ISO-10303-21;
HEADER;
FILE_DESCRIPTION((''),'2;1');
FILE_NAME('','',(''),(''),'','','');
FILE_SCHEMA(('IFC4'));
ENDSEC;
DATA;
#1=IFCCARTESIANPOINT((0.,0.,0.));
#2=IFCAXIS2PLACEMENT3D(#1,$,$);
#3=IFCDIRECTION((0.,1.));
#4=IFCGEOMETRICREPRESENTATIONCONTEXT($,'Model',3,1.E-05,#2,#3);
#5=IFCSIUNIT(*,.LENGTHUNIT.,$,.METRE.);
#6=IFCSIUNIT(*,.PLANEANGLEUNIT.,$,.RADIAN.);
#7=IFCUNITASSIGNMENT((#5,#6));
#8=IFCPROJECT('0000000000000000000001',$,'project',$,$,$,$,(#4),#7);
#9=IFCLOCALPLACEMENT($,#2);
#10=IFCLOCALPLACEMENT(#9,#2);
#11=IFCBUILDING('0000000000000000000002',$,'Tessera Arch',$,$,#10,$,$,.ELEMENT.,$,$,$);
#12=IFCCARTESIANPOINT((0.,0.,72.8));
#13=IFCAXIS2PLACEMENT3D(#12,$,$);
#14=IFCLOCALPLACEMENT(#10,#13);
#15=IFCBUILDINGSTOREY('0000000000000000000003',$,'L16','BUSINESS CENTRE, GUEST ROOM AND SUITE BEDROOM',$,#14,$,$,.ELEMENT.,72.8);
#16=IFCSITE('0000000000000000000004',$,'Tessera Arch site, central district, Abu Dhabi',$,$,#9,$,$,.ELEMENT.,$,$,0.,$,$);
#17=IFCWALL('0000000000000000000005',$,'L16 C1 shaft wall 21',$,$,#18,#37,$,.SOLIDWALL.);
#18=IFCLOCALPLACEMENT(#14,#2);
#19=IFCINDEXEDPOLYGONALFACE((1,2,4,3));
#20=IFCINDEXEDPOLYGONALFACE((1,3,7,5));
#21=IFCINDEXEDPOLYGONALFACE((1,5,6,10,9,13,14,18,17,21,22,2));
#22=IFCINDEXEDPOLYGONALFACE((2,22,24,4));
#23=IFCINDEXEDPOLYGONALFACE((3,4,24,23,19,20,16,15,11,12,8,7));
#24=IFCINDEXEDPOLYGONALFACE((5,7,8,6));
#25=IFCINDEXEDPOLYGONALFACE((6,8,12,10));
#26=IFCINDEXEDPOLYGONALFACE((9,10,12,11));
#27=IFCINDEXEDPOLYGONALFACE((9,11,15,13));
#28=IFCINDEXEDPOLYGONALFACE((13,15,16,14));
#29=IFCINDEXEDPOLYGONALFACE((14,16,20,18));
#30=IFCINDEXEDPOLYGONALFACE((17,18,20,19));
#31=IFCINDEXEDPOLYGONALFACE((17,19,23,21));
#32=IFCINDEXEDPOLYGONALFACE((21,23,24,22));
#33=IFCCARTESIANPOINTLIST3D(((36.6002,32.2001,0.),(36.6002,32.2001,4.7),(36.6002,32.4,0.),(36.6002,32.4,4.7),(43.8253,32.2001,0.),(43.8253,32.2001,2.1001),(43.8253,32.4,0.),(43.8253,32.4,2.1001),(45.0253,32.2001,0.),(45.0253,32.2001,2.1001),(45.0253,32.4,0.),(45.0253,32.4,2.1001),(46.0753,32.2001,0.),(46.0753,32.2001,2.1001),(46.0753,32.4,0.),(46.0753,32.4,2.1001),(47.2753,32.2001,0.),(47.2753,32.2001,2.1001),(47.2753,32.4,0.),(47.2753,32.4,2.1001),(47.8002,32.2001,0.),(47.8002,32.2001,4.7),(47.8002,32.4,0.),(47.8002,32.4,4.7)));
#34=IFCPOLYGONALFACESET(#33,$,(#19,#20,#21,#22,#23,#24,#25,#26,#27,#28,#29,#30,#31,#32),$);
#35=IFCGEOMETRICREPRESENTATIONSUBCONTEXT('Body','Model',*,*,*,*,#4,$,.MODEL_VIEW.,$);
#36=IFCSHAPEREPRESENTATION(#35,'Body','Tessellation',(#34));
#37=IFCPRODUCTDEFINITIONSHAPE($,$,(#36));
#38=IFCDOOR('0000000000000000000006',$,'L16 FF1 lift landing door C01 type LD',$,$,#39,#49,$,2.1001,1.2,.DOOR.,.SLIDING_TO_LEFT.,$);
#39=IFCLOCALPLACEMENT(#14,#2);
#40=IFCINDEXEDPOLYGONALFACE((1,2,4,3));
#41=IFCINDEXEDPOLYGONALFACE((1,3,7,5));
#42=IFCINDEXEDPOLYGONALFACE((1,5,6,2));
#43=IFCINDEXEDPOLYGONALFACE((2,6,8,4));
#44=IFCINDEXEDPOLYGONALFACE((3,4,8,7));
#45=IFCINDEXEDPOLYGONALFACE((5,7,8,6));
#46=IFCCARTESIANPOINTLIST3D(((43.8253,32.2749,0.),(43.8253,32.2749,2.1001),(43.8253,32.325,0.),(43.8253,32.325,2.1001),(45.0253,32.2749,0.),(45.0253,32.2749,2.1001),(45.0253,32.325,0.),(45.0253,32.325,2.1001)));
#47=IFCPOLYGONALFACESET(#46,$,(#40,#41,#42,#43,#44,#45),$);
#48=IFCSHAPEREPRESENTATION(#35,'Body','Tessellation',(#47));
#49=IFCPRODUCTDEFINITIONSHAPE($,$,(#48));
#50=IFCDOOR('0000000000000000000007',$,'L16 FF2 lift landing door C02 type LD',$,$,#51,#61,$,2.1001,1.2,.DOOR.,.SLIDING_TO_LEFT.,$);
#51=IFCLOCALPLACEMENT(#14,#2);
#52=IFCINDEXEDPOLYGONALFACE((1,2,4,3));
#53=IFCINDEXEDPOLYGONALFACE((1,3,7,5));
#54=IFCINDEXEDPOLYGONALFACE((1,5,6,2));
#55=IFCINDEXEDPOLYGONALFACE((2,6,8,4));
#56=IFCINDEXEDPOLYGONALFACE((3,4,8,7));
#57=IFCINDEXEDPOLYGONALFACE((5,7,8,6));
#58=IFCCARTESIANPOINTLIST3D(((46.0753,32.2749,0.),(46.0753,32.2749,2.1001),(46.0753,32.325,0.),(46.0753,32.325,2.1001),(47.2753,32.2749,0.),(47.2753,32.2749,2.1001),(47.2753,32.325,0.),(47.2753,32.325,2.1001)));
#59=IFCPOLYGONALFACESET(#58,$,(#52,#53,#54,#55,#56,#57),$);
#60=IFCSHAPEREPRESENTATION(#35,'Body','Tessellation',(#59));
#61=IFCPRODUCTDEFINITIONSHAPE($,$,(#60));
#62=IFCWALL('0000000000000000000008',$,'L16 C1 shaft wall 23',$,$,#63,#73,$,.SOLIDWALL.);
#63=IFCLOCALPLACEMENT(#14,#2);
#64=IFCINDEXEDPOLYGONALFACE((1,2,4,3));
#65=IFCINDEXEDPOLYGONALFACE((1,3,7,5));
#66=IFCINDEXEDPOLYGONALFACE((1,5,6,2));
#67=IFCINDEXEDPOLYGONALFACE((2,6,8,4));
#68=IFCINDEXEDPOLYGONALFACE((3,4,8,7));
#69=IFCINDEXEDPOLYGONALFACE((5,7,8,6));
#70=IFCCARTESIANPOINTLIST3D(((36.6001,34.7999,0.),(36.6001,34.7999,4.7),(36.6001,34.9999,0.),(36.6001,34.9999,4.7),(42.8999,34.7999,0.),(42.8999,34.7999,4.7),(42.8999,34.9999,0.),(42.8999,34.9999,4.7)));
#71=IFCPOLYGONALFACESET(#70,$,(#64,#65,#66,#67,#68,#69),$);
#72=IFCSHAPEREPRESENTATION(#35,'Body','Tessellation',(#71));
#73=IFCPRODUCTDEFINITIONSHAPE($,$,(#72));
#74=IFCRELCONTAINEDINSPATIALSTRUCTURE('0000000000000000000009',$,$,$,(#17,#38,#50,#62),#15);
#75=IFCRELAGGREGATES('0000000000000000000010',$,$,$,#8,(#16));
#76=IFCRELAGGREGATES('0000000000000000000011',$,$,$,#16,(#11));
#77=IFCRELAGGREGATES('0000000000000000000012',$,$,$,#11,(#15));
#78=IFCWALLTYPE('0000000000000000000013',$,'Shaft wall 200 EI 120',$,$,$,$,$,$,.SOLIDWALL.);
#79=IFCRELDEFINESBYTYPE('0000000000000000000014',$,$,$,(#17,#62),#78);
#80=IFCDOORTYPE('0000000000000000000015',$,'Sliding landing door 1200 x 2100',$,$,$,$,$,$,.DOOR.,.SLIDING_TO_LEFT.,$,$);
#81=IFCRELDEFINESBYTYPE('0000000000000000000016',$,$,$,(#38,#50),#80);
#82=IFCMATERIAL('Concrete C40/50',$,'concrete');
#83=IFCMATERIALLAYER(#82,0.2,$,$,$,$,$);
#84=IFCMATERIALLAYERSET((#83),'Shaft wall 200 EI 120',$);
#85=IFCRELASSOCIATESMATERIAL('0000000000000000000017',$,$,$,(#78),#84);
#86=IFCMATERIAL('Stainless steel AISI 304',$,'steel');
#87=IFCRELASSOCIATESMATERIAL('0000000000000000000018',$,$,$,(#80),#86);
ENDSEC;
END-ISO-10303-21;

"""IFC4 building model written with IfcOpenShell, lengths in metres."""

from ifc_helpers import new_model, si_unit, direction, frame, frame_2d, origin, place, context, subcontext, project, spatial, rectangle, extrude, material, layer, layer_set, type_object, element, fill, save


model = new_model("IFC4")

# Units and contexts
model_context = context("Model", 3, precision=1e-05, world=origin(), true_north=direction((0.0, 1.0)))
body_context = subcontext(model_context, "Body", "Model", "MODEL_VIEW")
ifc_project = project(units=[si_unit("LENGTHUNIT", "METRE"), si_unit("PLANEANGLEUNIT", "RADIAN")], contexts=[model_context])

# Site, building, storey
site_placement = place(None, origin())
site = spatial("IfcSite", under=ifc_project, at=site_placement, Name="Tessera Arch site, central district, Abu Dhabi", CompositionType="ELEMENT", RefElevation=0.0)
building_placement = place(site_placement, origin())
building = spatial("IfcBuilding", under=site, at=building_placement, Name="Tessera Arch", CompositionType="ELEMENT")
storey_placement = place(building_placement, frame((0.0, 0.0, 72.8)))
storey = spatial("IfcBuildingStorey", under=building, at=storey_placement, Name="L16", Description="BUSINESS CENTRE, GUEST ROOM AND SUITE BEDROOM", CompositionType="ELEMENT", Elevation=72.8)

# Shared definitions
ifc_material_1 = material(Name="Concrete C40/50", Category="concrete")
ifc_layer_1 = layer(ifc_material_1, 0.2)
ifc_layer_set_1 = layer_set([ifc_layer_1], Name="Shaft wall 200 EI 120")
wall_type_1 = type_object("IfcWallType", Name="Shaft wall 200 EI 120", PredefinedType="SOLIDWALL", material=ifc_layer_set_1)

# Wall, openings, doors
wall_1_placement = place(storey_placement, frame((36.6001, 32.3, 0.0), z_axis=(0.0, 0.0, 1.0), x_axis=(1.0, 0.0, 0.0)))
wall_1 = element("IfcWall", 1, at=wall_1_placement, inside=storey, type_object=wall_type_1, Name="L16 C1 shaft wall 21", PredefinedType="SOLIDWALL", context=body_context, shape_type="SweptSolid", body=[
    extrude(rectangle(XDim=11.2, YDim=0.2, at=frame_2d((5.6001, 0.0))), origin(), (0.0, 0.0, 1.0), 4.7),
])
opening_1_placement = place(wall_1_placement, frame((7.2251, 0.0, 0.0)))
opening_1 = element("IfcOpeningElement", 2, at=opening_1_placement, cuts=wall_1, PredefinedType="OPENING", context=body_context, shape_type="SweptSolid", body=[
    extrude(rectangle(XDim=1.2, YDim=2.1001, at=frame_2d((0.6001, 1.05))), frame((0.0, 0.1099, 0.0), z_axis=(0.0, -1.0, 0.0), x_axis=(1.0, 0.0, 0.0)), (0.0, 0.0, 1.0), 0.22),
])
opening_2_placement = place(wall_1_placement, frame((9.4751, 0.0, 0.0)))
opening_2 = element("IfcOpeningElement", 3, at=opening_2_placement, cuts=wall_1, PredefinedType="OPENING", context=body_context, shape_type="SweptSolid", body=[
    extrude(rectangle(XDim=1.2, YDim=2.1001, at=frame_2d((0.6001, 1.05))), frame((0.0, 0.1099, 0.0), z_axis=(0.0, -1.0, 0.0), x_axis=(1.0, 0.0, 0.0)), (0.0, 0.0, 1.0), 0.22),
])
ifc_material_2 = material(Name="Stainless steel AISI 304", Category="steel")
door_type_1 = type_object("IfcDoorType", Name="Sliding landing door 1200 x 2100", OperationType="SLIDING_TO_LEFT", PredefinedType="DOOR", material=ifc_material_2)
door_1_placement = place(opening_1_placement, origin())
door_1 = element("IfcDoor", 4, at=door_1_placement, inside=storey, type_object=door_type_1, Name="L16 FF1 lift landing door C01 type LD", OperationType="SLIDING_TO_LEFT", OverallHeight=2.1001, OverallWidth=1.2, PredefinedType="DOOR", context=body_context, shape_type="SweptSolid", body=[
    extrude(rectangle(XDim=1.2, YDim=2.1001, at=frame_2d((0.6001, 1.05))), frame((0.0, 0.0249, 0.0), z_axis=(0.0, -1.0, 0.0), x_axis=(1.0, 0.0, 0.0)), (0.0, 0.0, 1.0), 0.05),
])
fill(opening_1, door_1)
door_2_placement = place(opening_2_placement, origin())
door_2 = element("IfcDoor", 5, at=door_2_placement, inside=storey, type_object=door_type_1, Name="L16 FF2 lift landing door C02 type LD", OperationType="SLIDING_TO_LEFT", OverallHeight=2.1001, OverallWidth=1.2, PredefinedType="DOOR", context=body_context, shape_type="SweptSolid", body=[
    extrude(rectangle(XDim=1.2, YDim=2.1001, at=frame_2d((0.6001, 1.05))), frame((0.0, 0.0249, 0.0), z_axis=(0.0, -1.0, 0.0), x_axis=(1.0, 0.0, 0.0)), (0.0, 0.0, 1.0), 0.05),
])
fill(opening_2, door_2)

# Wall
wall_2_placement = place(storey_placement, frame((36.6001, 34.8999, 0.0), z_axis=(0.0, 0.0, 1.0), x_axis=(1.0, 0.0, 0.0)))
element("IfcWall", 6, at=wall_2_placement, inside=storey, type_object=wall_type_1, Name="L16 C1 shaft wall 23", PredefinedType="SOLIDWALL", context=body_context, shape_type="SweptSolid", body=[
    extrude(rectangle(XDim=6.2998, YDim=0.2, at=frame_2d((3.1499, 0.0))), origin(), (0.0, 0.0, 1.0), 4.7),
])

save(model, "model.ifc")
